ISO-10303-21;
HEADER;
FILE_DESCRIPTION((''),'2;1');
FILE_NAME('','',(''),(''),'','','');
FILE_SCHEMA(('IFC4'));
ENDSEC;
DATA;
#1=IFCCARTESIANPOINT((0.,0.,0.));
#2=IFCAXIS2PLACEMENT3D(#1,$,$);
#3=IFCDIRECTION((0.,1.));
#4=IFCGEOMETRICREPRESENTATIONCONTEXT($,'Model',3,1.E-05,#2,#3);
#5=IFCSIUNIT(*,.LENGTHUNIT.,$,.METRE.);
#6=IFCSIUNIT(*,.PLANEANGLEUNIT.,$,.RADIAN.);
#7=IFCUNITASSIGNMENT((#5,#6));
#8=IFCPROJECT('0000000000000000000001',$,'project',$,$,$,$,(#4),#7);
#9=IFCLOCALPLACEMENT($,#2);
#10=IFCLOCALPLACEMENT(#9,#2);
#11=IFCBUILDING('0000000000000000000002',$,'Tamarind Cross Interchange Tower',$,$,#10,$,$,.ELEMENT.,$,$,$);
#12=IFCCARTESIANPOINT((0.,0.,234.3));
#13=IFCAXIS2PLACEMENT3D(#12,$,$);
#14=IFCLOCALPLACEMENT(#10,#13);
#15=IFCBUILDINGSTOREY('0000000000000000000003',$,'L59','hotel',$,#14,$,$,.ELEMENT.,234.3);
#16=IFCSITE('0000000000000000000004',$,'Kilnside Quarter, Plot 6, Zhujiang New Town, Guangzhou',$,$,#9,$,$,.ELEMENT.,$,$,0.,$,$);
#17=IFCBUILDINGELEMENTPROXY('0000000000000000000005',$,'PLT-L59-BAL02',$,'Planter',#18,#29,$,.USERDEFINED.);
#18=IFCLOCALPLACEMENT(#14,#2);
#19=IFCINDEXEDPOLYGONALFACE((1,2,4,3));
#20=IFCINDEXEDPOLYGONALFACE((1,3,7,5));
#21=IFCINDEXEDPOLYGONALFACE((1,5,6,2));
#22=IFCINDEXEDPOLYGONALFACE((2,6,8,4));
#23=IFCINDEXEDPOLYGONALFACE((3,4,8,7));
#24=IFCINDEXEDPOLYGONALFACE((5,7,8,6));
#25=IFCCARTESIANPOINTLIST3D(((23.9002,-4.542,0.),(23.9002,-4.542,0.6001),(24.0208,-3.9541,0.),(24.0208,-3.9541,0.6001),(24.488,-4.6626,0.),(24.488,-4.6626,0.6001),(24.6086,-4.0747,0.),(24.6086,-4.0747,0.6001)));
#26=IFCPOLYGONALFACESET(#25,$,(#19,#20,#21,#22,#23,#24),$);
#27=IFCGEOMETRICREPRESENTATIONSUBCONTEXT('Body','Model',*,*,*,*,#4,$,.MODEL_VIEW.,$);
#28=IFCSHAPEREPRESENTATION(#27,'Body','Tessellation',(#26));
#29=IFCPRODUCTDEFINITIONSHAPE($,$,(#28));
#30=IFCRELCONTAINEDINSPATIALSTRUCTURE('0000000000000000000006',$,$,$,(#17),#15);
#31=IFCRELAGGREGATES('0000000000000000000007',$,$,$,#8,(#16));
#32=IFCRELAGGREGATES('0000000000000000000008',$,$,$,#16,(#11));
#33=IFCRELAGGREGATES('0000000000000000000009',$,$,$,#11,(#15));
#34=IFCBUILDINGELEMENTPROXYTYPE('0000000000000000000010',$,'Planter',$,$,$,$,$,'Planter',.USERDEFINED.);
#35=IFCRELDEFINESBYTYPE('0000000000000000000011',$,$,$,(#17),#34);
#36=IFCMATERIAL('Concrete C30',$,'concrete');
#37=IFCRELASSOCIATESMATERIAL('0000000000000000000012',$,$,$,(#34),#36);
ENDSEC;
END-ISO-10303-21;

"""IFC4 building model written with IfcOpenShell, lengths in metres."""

from ifc_helpers import new_model, si_unit, direction, frame, origin, origin_2d, place, context, subcontext, project, spatial, rectangle, extrude, material, type_object, element, save


model = new_model("IFC4")

# Units and contexts
model_context = context("Model", 3, precision=1e-05, world=origin(), true_north=direction((0.0, 1.0)))
body_context = subcontext(model_context, "Body", "Model", "MODEL_VIEW")
ifc_project = project(units=[si_unit("LENGTHUNIT", "METRE"), si_unit("PLANEANGLEUNIT", "RADIAN")], contexts=[model_context])

# Site, building, storey
site_placement = place(None, origin())
site = spatial("IfcSite", under=ifc_project, at=site_placement, Name="Kilnside Quarter, Plot 6, Zhujiang New Town, Guangzhou", CompositionType="ELEMENT", RefElevation=0.0)
building_placement = place(site_placement, origin())
building = spatial("IfcBuilding", under=site, at=building_placement, Name="Tamarind Cross Interchange Tower", CompositionType="ELEMENT")
storey_placement = place(building_placement, frame((0.0, 0.0, 234.3)))
storey = spatial("IfcBuildingStorey", under=building, at=storey_placement, Name="L59", Description="hotel", CompositionType="ELEMENT", Elevation=234.3)

# Building element proxy
ifc_material_1 = material(Name="Concrete C30", Category="concrete")
building_element_proxy_type = type_object("IfcBuildingElementProxyType", Name="Planter", ElementType="Planter", PredefinedType="USERDEFINED", material=ifc_material_1)
proxy_placement = place(storey_placement, origin())
element("IfcBuildingElementProxy", 1, at=proxy_placement, inside=storey, type_object=building_element_proxy_type, Name="PLT-L59-BAL02", ObjectType="Planter", PredefinedType="USERDEFINED", context=body_context, shape_type="SweptSolid", body=[
    extrude(rectangle(XDim=0.6001, YDim=0.6001, at=origin_2d()), frame((24.2544, -4.3083, 0.0), z_axis=(0.0, 0.0, 1.0), x_axis=(0.201001, 0.979591, 0.0)), (0.0, 0.0, 1.0), 0.6001),
])

save(model, "model.ifc")
